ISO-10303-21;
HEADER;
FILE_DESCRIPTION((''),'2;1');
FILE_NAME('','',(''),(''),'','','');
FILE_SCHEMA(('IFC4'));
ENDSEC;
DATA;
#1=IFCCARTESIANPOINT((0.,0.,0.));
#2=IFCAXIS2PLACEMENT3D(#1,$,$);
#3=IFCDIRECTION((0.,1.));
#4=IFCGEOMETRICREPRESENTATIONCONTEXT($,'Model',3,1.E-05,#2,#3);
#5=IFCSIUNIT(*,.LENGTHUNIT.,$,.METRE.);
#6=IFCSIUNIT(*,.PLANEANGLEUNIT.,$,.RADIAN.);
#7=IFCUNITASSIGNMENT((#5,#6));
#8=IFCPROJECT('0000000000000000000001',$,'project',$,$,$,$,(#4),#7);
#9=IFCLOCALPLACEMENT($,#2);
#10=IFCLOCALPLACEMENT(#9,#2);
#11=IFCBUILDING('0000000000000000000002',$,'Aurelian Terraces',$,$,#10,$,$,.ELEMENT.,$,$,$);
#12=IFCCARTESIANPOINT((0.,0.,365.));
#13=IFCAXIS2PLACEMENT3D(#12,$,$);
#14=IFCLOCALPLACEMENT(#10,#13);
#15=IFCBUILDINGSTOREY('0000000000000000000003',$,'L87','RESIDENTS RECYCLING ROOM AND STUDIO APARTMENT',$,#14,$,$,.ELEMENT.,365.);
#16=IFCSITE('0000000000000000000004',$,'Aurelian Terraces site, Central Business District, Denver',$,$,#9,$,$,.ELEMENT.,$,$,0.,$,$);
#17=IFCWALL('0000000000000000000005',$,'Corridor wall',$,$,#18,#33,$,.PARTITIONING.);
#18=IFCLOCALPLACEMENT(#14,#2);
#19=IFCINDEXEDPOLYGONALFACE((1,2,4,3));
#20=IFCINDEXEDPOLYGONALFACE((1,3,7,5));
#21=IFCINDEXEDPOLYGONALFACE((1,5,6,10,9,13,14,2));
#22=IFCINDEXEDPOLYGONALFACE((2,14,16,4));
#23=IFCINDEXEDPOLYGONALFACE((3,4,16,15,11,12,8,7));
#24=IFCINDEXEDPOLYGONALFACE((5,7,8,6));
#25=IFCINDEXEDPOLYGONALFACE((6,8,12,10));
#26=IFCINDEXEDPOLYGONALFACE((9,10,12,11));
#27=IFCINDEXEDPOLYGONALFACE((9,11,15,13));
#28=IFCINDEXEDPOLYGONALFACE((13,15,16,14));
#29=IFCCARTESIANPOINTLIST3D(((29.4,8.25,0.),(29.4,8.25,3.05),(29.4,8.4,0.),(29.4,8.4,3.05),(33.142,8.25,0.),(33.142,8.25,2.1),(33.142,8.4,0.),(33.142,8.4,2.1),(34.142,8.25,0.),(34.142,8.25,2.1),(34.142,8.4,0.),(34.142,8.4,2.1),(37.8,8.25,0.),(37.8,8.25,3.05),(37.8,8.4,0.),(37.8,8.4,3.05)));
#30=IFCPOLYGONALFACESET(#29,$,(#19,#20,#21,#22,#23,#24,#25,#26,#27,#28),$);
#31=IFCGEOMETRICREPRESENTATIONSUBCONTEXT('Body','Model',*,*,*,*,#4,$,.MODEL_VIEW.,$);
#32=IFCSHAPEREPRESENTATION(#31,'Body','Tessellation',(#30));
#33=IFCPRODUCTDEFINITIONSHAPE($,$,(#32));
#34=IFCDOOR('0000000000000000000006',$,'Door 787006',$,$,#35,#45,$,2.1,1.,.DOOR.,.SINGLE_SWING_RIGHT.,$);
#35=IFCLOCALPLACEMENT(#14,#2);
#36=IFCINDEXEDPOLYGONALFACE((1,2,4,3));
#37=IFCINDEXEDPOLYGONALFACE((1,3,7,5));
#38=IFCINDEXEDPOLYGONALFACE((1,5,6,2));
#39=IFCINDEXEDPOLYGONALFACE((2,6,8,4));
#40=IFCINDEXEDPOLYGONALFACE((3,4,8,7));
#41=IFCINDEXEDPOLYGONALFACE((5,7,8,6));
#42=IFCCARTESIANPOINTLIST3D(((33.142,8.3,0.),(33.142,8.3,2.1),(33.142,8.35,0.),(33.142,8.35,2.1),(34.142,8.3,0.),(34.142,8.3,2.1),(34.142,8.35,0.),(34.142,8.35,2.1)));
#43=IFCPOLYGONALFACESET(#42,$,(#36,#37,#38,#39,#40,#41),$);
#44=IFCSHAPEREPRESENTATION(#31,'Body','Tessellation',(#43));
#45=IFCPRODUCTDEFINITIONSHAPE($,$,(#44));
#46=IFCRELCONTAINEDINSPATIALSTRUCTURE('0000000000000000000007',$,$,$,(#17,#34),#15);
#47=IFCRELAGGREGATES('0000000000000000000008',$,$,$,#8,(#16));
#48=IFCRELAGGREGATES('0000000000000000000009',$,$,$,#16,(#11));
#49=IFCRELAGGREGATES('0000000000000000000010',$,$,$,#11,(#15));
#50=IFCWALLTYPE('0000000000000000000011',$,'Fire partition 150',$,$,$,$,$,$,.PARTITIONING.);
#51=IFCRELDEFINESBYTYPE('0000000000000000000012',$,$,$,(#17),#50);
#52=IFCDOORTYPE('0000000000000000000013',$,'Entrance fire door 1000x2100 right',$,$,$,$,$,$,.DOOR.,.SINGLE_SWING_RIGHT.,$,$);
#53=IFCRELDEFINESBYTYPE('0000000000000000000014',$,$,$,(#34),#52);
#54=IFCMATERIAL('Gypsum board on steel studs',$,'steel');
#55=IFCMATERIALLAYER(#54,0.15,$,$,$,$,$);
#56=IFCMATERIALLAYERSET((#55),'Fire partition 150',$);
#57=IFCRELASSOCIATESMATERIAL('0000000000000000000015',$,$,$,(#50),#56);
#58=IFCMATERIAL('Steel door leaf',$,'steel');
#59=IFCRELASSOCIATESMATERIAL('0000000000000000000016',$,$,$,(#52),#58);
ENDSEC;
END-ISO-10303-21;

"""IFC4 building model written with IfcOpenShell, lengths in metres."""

from ifc_helpers import new_model, si_unit, direction, frame, frame_2d, origin, place, context, subcontext, project, spatial, rectangle, extrude, source, transform, mapped, material, layer, layer_set, type_object, element, fill, save


model = new_model("IFC4")

# Units and contexts
model_context = context("Model", 3, precision=1e-05, world=origin(), true_north=direction((0.0, 1.0)))
body_context = subcontext(model_context, "Body", "Model", "MODEL_VIEW")
ifc_project = project(units=[si_unit("LENGTHUNIT", "METRE"), si_unit("PLANEANGLEUNIT", "RADIAN")], contexts=[model_context])

# Site, building, storey
site_placement = place(None, origin())
site = spatial("IfcSite", under=ifc_project, at=site_placement, Name="Aurelian Terraces site, Central Business District, Denver", CompositionType="ELEMENT", RefElevation=0.0)
building_placement = place(site_placement, origin())
building = spatial("IfcBuilding", under=site, at=building_placement, Name="Aurelian Terraces", CompositionType="ELEMENT")
storey_placement = place(building_placement, frame((0.0, 0.0, 365.0)))
storey = spatial("IfcBuildingStorey", under=building, at=storey_placement, Name="L87", Description="RESIDENTS RECYCLING ROOM AND STUDIO APARTMENT", CompositionType="ELEMENT", Elevation=365.0)

# Shared definitions
ifc_material_1 = material(Name="Gypsum board on steel studs", Category="steel")
ifc_layer_1 = layer(ifc_material_1, 0.15)
ifc_layer_set_1 = layer_set([ifc_layer_1], Name="Fire partition 150")
wall_type_1 = type_object("IfcWallType", Name="Fire partition 150", PredefinedType="PARTITIONING", material=ifc_layer_set_1)

# Shared definitions
shared_shape_1 = source(origin(), body_context, "Body", "SweptSolid", [
    extrude(rectangle(XDim=1.0, YDim=2.1, at=frame_2d((0.5, 1.05))), frame((0.0, 0.085, 0.0), z_axis=(0.0, -1.0, 0.0), x_axis=(1.0, 0.0, 0.0)), (0.0, 0.0, 1.0), 0.17),
])
shared_shape_2 = source(origin(), body_context, "Body", "SweptSolid", [
    extrude(rectangle(XDim=1.0, YDim=2.1, at=frame_2d((0.5, 1.05))), frame((0.0, 0.025, 0.0), z_axis=(0.0, -1.0, 0.0), x_axis=(1.0, 0.0, 0.0)), (0.0, 0.0, 1.0), 0.05),
])

# Wall, opening, door
shared_shape_3 = source(origin(), body_context, "Body", "SweptSolid", [
    extrude(rectangle(XDim=8.4, YDim=0.15, at=frame_2d((4.2, 0.0))), origin(), (0.0, 0.0, 1.0), 3.05),
])
wall_1_placement = place(storey_placement, frame((37.8, 8.325, 0.0), z_axis=(0.0, 0.0, 1.0), x_axis=(-1.0, 0.0, 0.0)))
wall_1 = element("IfcWall", 1, at=wall_1_placement, inside=storey, type_object=wall_type_1, Name="Corridor wall", PredefinedType="PARTITIONING", context=body_context, shape_type="MappedRepresentation", body=[
    mapped(shared_shape_3, transform((0.0, 0.0, 0.0), scale=1.0)),
])
opening_1_placement = place(wall_1_placement, frame((3.658, 0.0, 0.0)))
opening_1 = element("IfcOpeningElement", 2, at=opening_1_placement, cuts=wall_1, PredefinedType="OPENING", context=body_context, shape_type="MappedRepresentation", body=[
    mapped(shared_shape_1, transform((0.0, 0.0, 0.0), scale=1.0)),
])
ifc_material_2 = material(Name="Steel door leaf", Category="steel")
door_type_1 = type_object("IfcDoorType", Name="Entrance fire door 1000x2100 right", OperationType="SINGLE_SWING_RIGHT", PredefinedType="DOOR", material=ifc_material_2)
door_1_placement = place(opening_1_placement, origin())
door_1 = element("IfcDoor", 3, at=door_1_placement, inside=storey, type_object=door_type_1, Name="Door 787006", OperationType="SINGLE_SWING_RIGHT", OverallHeight=2.1, OverallWidth=1.0, PredefinedType="DOOR", context=body_context, shape_type="MappedRepresentation", body=[
    mapped(shared_shape_2, transform((0.0, 0.0, 0.0), scale=1.0)),
])
fill(opening_1, door_1)

save(model, "model.ifc")
